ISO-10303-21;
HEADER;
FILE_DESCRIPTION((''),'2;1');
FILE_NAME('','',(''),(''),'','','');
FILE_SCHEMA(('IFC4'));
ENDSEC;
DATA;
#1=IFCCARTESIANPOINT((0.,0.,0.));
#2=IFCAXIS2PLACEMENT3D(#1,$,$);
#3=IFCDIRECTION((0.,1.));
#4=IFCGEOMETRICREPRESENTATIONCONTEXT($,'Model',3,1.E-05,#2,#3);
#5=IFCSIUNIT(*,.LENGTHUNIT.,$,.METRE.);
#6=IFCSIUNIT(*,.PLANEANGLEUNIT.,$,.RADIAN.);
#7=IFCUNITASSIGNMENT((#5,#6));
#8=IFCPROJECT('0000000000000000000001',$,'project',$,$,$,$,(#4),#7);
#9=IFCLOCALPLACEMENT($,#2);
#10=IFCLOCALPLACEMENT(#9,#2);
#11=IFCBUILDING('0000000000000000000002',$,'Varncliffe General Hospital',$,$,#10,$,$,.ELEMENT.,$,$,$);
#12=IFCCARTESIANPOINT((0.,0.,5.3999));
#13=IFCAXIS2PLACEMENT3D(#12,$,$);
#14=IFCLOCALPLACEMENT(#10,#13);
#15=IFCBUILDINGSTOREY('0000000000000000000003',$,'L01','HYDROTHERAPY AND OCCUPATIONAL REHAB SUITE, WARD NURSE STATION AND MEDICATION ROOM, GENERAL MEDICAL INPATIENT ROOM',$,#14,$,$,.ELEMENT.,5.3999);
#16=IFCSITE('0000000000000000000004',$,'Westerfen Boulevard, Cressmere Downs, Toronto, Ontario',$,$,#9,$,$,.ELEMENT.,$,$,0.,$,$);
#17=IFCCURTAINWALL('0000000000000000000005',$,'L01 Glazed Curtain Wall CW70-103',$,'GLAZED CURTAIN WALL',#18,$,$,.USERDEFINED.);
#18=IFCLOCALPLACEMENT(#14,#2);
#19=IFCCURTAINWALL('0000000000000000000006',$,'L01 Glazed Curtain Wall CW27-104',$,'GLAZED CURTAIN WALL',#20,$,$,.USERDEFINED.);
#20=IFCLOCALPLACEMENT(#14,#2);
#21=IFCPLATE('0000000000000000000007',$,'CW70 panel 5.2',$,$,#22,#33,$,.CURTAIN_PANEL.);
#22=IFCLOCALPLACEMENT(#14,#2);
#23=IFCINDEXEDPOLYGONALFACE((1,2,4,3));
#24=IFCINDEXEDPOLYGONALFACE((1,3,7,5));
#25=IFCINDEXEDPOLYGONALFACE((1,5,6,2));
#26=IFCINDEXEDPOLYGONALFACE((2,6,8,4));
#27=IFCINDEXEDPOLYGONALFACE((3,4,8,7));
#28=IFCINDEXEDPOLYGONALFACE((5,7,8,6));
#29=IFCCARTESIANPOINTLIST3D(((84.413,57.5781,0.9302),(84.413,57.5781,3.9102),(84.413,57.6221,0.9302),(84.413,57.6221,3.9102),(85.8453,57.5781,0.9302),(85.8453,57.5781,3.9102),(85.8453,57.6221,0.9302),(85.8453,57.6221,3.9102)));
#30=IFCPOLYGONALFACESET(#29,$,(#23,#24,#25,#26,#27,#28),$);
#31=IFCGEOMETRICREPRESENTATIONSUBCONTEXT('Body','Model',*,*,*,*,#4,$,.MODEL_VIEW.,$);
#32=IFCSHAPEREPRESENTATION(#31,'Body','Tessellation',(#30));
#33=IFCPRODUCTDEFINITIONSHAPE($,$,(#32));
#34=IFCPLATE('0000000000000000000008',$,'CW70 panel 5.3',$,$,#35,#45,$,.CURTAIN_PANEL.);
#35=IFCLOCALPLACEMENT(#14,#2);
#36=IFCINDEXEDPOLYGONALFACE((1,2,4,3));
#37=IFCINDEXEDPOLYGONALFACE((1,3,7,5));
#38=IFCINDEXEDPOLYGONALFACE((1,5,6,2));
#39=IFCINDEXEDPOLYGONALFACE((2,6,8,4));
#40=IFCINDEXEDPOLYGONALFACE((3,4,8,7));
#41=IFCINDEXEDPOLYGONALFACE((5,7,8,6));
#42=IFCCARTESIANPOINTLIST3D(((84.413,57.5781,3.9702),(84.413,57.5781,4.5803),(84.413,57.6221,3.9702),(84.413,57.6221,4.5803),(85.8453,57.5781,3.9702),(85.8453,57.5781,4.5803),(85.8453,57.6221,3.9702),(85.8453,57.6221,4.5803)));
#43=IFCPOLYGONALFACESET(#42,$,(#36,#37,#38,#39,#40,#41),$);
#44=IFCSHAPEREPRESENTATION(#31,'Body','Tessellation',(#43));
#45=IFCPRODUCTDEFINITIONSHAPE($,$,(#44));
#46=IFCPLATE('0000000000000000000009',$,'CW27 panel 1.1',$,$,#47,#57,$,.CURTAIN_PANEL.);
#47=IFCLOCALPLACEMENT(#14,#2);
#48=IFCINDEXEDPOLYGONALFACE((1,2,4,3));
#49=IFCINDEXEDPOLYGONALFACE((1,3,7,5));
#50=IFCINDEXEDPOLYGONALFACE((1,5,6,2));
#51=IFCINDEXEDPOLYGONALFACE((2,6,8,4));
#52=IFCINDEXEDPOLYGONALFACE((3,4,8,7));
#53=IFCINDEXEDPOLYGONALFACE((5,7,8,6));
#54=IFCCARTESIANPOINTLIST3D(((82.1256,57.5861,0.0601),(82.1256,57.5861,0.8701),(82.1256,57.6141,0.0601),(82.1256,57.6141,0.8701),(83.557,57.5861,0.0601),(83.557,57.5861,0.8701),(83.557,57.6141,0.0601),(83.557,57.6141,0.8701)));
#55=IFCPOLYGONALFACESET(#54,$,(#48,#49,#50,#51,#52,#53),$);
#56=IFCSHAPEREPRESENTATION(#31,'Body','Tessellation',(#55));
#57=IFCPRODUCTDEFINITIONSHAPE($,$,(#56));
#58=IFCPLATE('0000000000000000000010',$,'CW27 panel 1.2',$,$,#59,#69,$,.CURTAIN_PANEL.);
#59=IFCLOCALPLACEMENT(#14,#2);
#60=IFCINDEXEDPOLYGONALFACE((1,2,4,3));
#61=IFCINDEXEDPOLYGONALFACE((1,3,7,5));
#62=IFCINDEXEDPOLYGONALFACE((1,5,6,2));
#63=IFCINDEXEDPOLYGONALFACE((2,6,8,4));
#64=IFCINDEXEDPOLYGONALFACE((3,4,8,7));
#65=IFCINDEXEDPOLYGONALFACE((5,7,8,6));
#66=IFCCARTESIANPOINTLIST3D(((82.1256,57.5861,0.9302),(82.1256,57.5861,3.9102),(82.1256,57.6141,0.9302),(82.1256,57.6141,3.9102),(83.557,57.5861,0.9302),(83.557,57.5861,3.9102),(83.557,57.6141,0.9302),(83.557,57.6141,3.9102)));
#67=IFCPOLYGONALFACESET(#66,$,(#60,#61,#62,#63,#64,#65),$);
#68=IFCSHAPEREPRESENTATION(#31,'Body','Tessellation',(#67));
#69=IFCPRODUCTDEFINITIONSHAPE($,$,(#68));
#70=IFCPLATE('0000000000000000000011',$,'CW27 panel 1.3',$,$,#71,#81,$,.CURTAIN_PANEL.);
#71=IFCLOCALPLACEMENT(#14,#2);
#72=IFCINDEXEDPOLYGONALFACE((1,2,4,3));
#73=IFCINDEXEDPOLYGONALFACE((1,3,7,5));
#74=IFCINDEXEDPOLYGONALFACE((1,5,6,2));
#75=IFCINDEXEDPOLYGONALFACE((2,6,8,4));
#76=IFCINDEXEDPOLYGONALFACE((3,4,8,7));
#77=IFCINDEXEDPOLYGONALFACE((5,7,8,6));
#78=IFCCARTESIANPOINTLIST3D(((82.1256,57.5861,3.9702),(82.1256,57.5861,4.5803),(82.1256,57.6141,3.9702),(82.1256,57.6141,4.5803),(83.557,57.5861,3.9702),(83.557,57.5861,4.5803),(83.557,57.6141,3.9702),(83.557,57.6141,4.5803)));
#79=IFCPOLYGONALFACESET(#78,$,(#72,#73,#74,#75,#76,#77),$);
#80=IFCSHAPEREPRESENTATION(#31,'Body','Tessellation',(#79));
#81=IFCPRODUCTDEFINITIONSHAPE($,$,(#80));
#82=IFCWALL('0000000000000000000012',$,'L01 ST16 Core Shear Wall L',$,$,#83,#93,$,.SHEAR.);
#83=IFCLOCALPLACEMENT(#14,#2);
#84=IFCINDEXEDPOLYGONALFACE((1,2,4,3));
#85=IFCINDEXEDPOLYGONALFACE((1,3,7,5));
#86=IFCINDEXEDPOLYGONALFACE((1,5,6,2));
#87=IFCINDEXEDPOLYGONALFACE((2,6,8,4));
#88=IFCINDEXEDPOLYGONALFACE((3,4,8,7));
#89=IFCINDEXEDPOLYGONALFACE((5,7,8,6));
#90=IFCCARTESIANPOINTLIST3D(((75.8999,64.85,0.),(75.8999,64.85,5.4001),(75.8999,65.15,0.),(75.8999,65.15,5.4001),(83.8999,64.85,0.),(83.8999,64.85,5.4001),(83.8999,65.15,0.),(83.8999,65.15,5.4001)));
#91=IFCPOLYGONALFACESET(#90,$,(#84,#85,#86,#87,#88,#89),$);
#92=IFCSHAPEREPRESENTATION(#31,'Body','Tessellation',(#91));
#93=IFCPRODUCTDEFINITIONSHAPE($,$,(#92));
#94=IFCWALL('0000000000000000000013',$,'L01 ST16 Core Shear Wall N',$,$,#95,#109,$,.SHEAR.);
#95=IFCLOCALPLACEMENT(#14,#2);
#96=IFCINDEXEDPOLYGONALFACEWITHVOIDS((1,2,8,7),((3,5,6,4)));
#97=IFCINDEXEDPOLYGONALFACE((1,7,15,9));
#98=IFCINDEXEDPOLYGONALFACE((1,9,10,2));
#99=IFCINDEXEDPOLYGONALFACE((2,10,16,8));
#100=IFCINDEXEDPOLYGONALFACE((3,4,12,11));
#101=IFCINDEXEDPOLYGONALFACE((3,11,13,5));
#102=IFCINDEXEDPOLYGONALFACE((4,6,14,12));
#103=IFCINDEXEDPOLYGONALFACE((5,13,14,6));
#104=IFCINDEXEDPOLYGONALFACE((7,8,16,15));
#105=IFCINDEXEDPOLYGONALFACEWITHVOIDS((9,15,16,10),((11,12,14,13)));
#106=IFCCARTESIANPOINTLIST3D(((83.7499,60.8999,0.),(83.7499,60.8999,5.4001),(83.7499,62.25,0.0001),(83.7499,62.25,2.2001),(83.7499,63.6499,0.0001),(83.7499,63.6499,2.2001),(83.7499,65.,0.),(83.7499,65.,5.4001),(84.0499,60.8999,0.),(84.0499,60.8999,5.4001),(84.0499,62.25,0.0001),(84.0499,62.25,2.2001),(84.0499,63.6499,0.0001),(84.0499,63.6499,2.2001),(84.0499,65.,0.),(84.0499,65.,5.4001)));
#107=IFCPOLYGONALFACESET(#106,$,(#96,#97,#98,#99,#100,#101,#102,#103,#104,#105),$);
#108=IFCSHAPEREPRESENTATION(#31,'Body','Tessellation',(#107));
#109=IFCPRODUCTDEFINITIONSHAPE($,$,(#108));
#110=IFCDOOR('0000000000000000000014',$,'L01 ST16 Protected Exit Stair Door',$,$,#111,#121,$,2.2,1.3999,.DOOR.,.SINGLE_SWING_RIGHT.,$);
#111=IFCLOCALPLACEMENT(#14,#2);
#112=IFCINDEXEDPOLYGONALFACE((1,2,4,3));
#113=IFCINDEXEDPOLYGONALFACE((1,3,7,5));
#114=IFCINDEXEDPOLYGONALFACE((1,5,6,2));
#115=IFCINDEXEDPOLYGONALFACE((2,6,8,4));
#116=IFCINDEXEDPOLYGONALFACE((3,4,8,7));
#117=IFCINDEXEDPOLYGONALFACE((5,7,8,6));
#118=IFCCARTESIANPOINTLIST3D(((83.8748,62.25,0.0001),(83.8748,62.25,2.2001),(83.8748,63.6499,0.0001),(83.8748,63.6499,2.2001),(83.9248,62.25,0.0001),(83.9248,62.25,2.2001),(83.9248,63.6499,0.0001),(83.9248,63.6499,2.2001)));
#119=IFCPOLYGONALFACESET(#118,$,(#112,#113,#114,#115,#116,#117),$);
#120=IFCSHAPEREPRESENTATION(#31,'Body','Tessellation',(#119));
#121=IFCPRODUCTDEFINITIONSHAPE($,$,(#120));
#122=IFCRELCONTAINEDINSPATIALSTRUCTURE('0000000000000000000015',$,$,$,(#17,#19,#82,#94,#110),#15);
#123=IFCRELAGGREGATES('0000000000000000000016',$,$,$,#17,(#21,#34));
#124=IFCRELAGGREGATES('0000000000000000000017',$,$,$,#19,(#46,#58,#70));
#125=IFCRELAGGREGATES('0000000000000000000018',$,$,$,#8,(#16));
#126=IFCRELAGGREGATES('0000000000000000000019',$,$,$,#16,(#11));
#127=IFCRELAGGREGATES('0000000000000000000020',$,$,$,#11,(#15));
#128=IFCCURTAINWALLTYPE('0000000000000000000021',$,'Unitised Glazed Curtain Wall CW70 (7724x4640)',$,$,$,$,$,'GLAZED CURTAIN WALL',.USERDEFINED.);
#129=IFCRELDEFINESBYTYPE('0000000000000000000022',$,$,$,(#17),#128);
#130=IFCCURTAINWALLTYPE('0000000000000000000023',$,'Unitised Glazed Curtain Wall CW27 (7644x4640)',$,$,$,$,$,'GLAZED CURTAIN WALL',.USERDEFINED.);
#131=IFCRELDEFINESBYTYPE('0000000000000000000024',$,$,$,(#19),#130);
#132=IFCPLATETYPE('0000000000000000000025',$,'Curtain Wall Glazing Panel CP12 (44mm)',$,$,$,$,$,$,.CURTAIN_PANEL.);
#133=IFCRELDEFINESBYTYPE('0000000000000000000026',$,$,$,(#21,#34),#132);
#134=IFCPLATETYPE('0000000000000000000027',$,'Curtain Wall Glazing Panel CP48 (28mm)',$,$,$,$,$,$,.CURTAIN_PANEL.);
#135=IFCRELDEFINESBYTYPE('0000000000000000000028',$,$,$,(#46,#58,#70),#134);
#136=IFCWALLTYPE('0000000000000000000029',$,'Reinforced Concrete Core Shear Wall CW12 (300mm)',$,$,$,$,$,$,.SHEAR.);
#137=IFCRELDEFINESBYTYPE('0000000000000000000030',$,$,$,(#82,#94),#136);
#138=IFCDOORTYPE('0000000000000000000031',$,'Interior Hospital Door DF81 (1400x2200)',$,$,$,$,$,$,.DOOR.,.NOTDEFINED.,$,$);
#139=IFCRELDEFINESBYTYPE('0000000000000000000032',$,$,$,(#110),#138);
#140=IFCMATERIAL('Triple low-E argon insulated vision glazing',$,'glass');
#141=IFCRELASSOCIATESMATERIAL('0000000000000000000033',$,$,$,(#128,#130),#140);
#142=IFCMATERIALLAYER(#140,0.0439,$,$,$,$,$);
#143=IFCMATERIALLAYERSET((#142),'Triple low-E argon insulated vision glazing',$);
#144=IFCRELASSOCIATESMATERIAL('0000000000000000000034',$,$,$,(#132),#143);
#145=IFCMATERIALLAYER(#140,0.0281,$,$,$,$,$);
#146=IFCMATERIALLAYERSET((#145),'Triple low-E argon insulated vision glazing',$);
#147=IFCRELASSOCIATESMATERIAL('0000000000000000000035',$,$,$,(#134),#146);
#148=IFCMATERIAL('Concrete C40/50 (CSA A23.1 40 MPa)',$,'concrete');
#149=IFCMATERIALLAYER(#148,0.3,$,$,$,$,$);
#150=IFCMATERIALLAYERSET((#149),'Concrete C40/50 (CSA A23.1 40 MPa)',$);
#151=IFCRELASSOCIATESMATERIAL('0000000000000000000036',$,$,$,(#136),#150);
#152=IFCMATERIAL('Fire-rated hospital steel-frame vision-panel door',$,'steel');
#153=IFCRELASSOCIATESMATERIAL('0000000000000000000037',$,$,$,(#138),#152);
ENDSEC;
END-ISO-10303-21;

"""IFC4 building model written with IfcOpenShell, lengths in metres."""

from ifc_helpers import new_model, si_unit, direction, frame, frame_2d, origin, origin_2d, place, context, subcontext, project, spatial, rectangle, extrude, material, layer, layer_set, type_object, element, fill, aggregate, save


model = new_model("IFC4")

# Units and contexts
model_context = context("Model", 3, precision=1e-05, world=origin(), true_north=direction((0.0, 1.0)))
body_context = subcontext(model_context, "Body", "Model", "MODEL_VIEW")
ifc_project = project(units=[si_unit("LENGTHUNIT", "METRE"), si_unit("PLANEANGLEUNIT", "RADIAN")], contexts=[model_context])

# Site, building, storey
site_placement = place(None, origin())
site = spatial("IfcSite", under=ifc_project, at=site_placement, Name="Westerfen Boulevard, Cressmere Downs, Toronto, Ontario", CompositionType="ELEMENT", RefElevation=0.0)
building_placement = place(site_placement, origin())
building = spatial("IfcBuilding", under=site, at=building_placement, Name="Varncliffe General Hospital", CompositionType="ELEMENT")
storey_placement = place(building_placement, frame((0.0, 0.0, 5.3999)))
storey = spatial("IfcBuildingStorey", under=building, at=storey_placement, Name="L01", Description="HYDROTHERAPY AND OCCUPATIONAL REHAB SUITE, WARD NURSE STATION AND MEDICATION ROOM, GENERAL MEDICAL INPATIENT ROOM", CompositionType="ELEMENT", Elevation=5.3999)

# Shared definitions
ifc_material_1 = material(Name="Concrete C40/50 (CSA A23.1 40 MPa)", Category="concrete")

# Curtain wall
ifc_material_2 = material(Name="Triple low-E argon insulated vision glazing", Category="glass")
curtain_wall_type_1 = type_object("IfcCurtainWallType", Name="Unitised Glazed Curtain Wall CW70 (7724x4640)", ElementType="GLAZED CURTAIN WALL", PredefinedType="USERDEFINED", material=ifc_material_2)
curtain_wall_1_placement = place(storey_placement, origin())
curtain_wall_1 = element("IfcCurtainWall", 1, at=curtain_wall_1_placement, inside=storey, type_object=curtain_wall_type_1, Name="L01 Glazed Curtain Wall CW70-103", ObjectType="GLAZED CURTAIN WALL", PredefinedType="USERDEFINED")

# Curtain wall
curtain_wall_type_2 = type_object("IfcCurtainWallType", Name="Unitised Glazed Curtain Wall CW27 (7644x4640)", ElementType="GLAZED CURTAIN WALL", PredefinedType="USERDEFINED", material=ifc_material_2)
curtain_wall_2_placement = place(storey_placement, origin())
curtain_wall_2 = element("IfcCurtainWall", 2, at=curtain_wall_2_placement, inside=storey, type_object=curtain_wall_type_2, Name="L01 Glazed Curtain Wall CW27-104", ObjectType="GLAZED CURTAIN WALL", PredefinedType="USERDEFINED")

# Plates
ifc_layer_1 = layer(ifc_material_2, 0.0439)
ifc_layer_set_1 = layer_set([ifc_layer_1], Name="Triple low-E argon insulated vision glazing")
plate_type_1 = type_object("IfcPlateType", Name="Curtain Wall Glazing Panel CP12 (44mm)", PredefinedType="CURTAIN_PANEL", material=ifc_layer_set_1)
plate_1_placement = place(storey_placement, frame((85.1292, 57.6001, 0.9302), z_axis=(0.0, 0.0, 1.0), x_axis=(-1.0, 0.0, 0.0)))
plate_1 = element("IfcPlate", 3, at=plate_1_placement, type_object=plate_type_1, Name="CW70 panel 5.2", PredefinedType="CURTAIN_PANEL", context=body_context, shape_type="SweptSolid", body=[
    extrude(rectangle(XDim=1.4324, YDim=0.0439, at=origin_2d()), origin(), (0.0, 0.0, 1.0), 2.98),
])
plate_2_placement = place(storey_placement, frame((85.1292, 57.6001, 3.9702), z_axis=(0.0, 0.0, 1.0), x_axis=(-1.0, 0.0, 0.0)))
plate_2 = element("IfcPlate", 4, at=plate_2_placement, type_object=plate_type_1, Name="CW70 panel 5.3", PredefinedType="CURTAIN_PANEL", context=body_context, shape_type="SweptSolid", body=[
    extrude(rectangle(XDim=1.4324, YDim=0.0439, at=origin_2d()), origin(), (0.0, 0.0, 1.0), 0.6101),
])
aggregate(curtain_wall_1, [plate_1, plate_2])
ifc_layer_2 = layer(ifc_material_2, 0.0281)
ifc_layer_set_2 = layer_set([ifc_layer_2], Name="Triple low-E argon insulated vision glazing")
plate_type_2 = type_object("IfcPlateType", Name="Curtain Wall Glazing Panel CP48 (28mm)", PredefinedType="CURTAIN_PANEL", material=ifc_layer_set_2)
plate_3_placement = place(storey_placement, frame((82.8413, 57.6001, 0.0601), z_axis=(0.0, 0.0, 1.0), x_axis=(-1.0, 0.0, 0.0)))
plate_3 = element("IfcPlate", 5, at=plate_3_placement, type_object=plate_type_2, Name="CW27 panel 1.1", PredefinedType="CURTAIN_PANEL", context=body_context, shape_type="SweptSolid", body=[
    extrude(rectangle(XDim=1.4314, YDim=0.0281, at=origin_2d()), origin(), (0.0, 0.0, 1.0), 0.8101),
])
plate_4_placement = place(storey_placement, frame((82.8413, 57.6001, 0.9302), z_axis=(0.0, 0.0, 1.0), x_axis=(-1.0, 0.0, 0.0)))
plate_4 = element("IfcPlate", 6, at=plate_4_placement, type_object=plate_type_2, Name="CW27 panel 1.2", PredefinedType="CURTAIN_PANEL", context=body_context, shape_type="SweptSolid", body=[
    extrude(rectangle(XDim=1.4314, YDim=0.0281, at=origin_2d()), origin(), (0.0, 0.0, 1.0), 2.98),
])
plate_5_placement = place(storey_placement, frame((82.8413, 57.6001, 3.9702), z_axis=(0.0, 0.0, 1.0), x_axis=(-1.0, 0.0, 0.0)))
plate_5 = element("IfcPlate", 7, at=plate_5_placement, type_object=plate_type_2, Name="CW27 panel 1.3", PredefinedType="CURTAIN_PANEL", context=body_context, shape_type="SweptSolid", body=[
    extrude(rectangle(XDim=1.4314, YDim=0.0281, at=origin_2d()), origin(), (0.0, 0.0, 1.0), 0.6101),
])
aggregate(curtain_wall_2, [plate_3, plate_4, plate_5])

# Wall
ifc_layer_3 = layer(ifc_material_1, 0.3)
ifc_layer_set_3 = layer_set([ifc_layer_3], Name="Concrete C40/50 (CSA A23.1 40 MPa)")
wall_type = type_object("IfcWallType", Name="Reinforced Concrete Core Shear Wall CW12 (300mm)", PredefinedType="SHEAR", material=ifc_layer_set_3)
wall_1_placement = place(storey_placement, frame((83.8999, 65.0, 0.0), z_axis=(0.0, 0.0, 1.0), x_axis=(-1.0, 0.0, 0.0)))
element("IfcWall", 8, at=wall_1_placement, inside=storey, type_object=wall_type, Name="L01 ST16 Core Shear Wall L", PredefinedType="SHEAR", context=body_context, shape_type="SweptSolid", body=[
    extrude(rectangle(XDim=8.0, YDim=0.3, at=frame_2d((4.0, 0.0))), origin(), (0.0, 0.0, 1.0), 5.4001),
])

# Wall, opening, door
wall_2_placement = place(storey_placement, frame((83.8999, 60.8999, 0.0), z_axis=(0.0, 0.0, 1.0), x_axis=(0.0, 1.0, 0.0)))
wall_2 = element("IfcWall", 9, at=wall_2_placement, inside=storey, type_object=wall_type, Name="L01 ST16 Core Shear Wall N", PredefinedType="SHEAR", context=body_context, shape_type="SweptSolid", body=[
    extrude(rectangle(XDim=4.1001, YDim=0.3, at=frame_2d((2.05, 0.0))), origin(), (0.0, 0.0, 1.0), 5.4001),
])
opening_placement = place(wall_2_placement, frame((1.3501, 0.0, 0.0)))
opening = element("IfcOpeningElement", 10, at=opening_placement, cuts=wall_2, PredefinedType="OPENING", context=body_context, shape_type="SweptSolid", body=[
    extrude(rectangle(XDim=1.3999, YDim=2.2, at=frame_2d((0.7, 1.1001))), frame((0.0, 0.1602, 0.0), z_axis=(0.0, -1.0, 0.0), x_axis=(1.0, 0.0, 0.0)), (0.0, 0.0, 1.0), 0.3201),
])
ifc_material_3 = material(Name="Fire-rated hospital steel-frame vision-panel door", Category="steel")
door_type = type_object("IfcDoorType", Name="Interior Hospital Door DF81 (1400x2200)", OperationType="NOTDEFINED", PredefinedType="DOOR", material=ifc_material_3)
door_placement = place(opening_placement, frame((1.3999, 0.0, 0.0), z_axis=(0.0, 0.0, 1.0), x_axis=(-1.0, 0.0, 0.0)))
door = element("IfcDoor", 11, at=door_placement, inside=storey, type_object=door_type, Name="L01 ST16 Protected Exit Stair Door", OperationType="SINGLE_SWING_RIGHT", OverallHeight=2.2, OverallWidth=1.3999, PredefinedType="DOOR", context=body_context, shape_type="SweptSolid", body=[
    extrude(rectangle(XDim=1.3999, YDim=2.2, at=frame_2d((0.7, 1.1001))), frame((0.0, 0.0249, 0.0), z_axis=(0.0, -1.0, 0.0), x_axis=(1.0, 0.0, 0.0)), (0.0, 0.0, 1.0), 0.05),
])
fill(opening, door)

save(model, "model.ifc")
